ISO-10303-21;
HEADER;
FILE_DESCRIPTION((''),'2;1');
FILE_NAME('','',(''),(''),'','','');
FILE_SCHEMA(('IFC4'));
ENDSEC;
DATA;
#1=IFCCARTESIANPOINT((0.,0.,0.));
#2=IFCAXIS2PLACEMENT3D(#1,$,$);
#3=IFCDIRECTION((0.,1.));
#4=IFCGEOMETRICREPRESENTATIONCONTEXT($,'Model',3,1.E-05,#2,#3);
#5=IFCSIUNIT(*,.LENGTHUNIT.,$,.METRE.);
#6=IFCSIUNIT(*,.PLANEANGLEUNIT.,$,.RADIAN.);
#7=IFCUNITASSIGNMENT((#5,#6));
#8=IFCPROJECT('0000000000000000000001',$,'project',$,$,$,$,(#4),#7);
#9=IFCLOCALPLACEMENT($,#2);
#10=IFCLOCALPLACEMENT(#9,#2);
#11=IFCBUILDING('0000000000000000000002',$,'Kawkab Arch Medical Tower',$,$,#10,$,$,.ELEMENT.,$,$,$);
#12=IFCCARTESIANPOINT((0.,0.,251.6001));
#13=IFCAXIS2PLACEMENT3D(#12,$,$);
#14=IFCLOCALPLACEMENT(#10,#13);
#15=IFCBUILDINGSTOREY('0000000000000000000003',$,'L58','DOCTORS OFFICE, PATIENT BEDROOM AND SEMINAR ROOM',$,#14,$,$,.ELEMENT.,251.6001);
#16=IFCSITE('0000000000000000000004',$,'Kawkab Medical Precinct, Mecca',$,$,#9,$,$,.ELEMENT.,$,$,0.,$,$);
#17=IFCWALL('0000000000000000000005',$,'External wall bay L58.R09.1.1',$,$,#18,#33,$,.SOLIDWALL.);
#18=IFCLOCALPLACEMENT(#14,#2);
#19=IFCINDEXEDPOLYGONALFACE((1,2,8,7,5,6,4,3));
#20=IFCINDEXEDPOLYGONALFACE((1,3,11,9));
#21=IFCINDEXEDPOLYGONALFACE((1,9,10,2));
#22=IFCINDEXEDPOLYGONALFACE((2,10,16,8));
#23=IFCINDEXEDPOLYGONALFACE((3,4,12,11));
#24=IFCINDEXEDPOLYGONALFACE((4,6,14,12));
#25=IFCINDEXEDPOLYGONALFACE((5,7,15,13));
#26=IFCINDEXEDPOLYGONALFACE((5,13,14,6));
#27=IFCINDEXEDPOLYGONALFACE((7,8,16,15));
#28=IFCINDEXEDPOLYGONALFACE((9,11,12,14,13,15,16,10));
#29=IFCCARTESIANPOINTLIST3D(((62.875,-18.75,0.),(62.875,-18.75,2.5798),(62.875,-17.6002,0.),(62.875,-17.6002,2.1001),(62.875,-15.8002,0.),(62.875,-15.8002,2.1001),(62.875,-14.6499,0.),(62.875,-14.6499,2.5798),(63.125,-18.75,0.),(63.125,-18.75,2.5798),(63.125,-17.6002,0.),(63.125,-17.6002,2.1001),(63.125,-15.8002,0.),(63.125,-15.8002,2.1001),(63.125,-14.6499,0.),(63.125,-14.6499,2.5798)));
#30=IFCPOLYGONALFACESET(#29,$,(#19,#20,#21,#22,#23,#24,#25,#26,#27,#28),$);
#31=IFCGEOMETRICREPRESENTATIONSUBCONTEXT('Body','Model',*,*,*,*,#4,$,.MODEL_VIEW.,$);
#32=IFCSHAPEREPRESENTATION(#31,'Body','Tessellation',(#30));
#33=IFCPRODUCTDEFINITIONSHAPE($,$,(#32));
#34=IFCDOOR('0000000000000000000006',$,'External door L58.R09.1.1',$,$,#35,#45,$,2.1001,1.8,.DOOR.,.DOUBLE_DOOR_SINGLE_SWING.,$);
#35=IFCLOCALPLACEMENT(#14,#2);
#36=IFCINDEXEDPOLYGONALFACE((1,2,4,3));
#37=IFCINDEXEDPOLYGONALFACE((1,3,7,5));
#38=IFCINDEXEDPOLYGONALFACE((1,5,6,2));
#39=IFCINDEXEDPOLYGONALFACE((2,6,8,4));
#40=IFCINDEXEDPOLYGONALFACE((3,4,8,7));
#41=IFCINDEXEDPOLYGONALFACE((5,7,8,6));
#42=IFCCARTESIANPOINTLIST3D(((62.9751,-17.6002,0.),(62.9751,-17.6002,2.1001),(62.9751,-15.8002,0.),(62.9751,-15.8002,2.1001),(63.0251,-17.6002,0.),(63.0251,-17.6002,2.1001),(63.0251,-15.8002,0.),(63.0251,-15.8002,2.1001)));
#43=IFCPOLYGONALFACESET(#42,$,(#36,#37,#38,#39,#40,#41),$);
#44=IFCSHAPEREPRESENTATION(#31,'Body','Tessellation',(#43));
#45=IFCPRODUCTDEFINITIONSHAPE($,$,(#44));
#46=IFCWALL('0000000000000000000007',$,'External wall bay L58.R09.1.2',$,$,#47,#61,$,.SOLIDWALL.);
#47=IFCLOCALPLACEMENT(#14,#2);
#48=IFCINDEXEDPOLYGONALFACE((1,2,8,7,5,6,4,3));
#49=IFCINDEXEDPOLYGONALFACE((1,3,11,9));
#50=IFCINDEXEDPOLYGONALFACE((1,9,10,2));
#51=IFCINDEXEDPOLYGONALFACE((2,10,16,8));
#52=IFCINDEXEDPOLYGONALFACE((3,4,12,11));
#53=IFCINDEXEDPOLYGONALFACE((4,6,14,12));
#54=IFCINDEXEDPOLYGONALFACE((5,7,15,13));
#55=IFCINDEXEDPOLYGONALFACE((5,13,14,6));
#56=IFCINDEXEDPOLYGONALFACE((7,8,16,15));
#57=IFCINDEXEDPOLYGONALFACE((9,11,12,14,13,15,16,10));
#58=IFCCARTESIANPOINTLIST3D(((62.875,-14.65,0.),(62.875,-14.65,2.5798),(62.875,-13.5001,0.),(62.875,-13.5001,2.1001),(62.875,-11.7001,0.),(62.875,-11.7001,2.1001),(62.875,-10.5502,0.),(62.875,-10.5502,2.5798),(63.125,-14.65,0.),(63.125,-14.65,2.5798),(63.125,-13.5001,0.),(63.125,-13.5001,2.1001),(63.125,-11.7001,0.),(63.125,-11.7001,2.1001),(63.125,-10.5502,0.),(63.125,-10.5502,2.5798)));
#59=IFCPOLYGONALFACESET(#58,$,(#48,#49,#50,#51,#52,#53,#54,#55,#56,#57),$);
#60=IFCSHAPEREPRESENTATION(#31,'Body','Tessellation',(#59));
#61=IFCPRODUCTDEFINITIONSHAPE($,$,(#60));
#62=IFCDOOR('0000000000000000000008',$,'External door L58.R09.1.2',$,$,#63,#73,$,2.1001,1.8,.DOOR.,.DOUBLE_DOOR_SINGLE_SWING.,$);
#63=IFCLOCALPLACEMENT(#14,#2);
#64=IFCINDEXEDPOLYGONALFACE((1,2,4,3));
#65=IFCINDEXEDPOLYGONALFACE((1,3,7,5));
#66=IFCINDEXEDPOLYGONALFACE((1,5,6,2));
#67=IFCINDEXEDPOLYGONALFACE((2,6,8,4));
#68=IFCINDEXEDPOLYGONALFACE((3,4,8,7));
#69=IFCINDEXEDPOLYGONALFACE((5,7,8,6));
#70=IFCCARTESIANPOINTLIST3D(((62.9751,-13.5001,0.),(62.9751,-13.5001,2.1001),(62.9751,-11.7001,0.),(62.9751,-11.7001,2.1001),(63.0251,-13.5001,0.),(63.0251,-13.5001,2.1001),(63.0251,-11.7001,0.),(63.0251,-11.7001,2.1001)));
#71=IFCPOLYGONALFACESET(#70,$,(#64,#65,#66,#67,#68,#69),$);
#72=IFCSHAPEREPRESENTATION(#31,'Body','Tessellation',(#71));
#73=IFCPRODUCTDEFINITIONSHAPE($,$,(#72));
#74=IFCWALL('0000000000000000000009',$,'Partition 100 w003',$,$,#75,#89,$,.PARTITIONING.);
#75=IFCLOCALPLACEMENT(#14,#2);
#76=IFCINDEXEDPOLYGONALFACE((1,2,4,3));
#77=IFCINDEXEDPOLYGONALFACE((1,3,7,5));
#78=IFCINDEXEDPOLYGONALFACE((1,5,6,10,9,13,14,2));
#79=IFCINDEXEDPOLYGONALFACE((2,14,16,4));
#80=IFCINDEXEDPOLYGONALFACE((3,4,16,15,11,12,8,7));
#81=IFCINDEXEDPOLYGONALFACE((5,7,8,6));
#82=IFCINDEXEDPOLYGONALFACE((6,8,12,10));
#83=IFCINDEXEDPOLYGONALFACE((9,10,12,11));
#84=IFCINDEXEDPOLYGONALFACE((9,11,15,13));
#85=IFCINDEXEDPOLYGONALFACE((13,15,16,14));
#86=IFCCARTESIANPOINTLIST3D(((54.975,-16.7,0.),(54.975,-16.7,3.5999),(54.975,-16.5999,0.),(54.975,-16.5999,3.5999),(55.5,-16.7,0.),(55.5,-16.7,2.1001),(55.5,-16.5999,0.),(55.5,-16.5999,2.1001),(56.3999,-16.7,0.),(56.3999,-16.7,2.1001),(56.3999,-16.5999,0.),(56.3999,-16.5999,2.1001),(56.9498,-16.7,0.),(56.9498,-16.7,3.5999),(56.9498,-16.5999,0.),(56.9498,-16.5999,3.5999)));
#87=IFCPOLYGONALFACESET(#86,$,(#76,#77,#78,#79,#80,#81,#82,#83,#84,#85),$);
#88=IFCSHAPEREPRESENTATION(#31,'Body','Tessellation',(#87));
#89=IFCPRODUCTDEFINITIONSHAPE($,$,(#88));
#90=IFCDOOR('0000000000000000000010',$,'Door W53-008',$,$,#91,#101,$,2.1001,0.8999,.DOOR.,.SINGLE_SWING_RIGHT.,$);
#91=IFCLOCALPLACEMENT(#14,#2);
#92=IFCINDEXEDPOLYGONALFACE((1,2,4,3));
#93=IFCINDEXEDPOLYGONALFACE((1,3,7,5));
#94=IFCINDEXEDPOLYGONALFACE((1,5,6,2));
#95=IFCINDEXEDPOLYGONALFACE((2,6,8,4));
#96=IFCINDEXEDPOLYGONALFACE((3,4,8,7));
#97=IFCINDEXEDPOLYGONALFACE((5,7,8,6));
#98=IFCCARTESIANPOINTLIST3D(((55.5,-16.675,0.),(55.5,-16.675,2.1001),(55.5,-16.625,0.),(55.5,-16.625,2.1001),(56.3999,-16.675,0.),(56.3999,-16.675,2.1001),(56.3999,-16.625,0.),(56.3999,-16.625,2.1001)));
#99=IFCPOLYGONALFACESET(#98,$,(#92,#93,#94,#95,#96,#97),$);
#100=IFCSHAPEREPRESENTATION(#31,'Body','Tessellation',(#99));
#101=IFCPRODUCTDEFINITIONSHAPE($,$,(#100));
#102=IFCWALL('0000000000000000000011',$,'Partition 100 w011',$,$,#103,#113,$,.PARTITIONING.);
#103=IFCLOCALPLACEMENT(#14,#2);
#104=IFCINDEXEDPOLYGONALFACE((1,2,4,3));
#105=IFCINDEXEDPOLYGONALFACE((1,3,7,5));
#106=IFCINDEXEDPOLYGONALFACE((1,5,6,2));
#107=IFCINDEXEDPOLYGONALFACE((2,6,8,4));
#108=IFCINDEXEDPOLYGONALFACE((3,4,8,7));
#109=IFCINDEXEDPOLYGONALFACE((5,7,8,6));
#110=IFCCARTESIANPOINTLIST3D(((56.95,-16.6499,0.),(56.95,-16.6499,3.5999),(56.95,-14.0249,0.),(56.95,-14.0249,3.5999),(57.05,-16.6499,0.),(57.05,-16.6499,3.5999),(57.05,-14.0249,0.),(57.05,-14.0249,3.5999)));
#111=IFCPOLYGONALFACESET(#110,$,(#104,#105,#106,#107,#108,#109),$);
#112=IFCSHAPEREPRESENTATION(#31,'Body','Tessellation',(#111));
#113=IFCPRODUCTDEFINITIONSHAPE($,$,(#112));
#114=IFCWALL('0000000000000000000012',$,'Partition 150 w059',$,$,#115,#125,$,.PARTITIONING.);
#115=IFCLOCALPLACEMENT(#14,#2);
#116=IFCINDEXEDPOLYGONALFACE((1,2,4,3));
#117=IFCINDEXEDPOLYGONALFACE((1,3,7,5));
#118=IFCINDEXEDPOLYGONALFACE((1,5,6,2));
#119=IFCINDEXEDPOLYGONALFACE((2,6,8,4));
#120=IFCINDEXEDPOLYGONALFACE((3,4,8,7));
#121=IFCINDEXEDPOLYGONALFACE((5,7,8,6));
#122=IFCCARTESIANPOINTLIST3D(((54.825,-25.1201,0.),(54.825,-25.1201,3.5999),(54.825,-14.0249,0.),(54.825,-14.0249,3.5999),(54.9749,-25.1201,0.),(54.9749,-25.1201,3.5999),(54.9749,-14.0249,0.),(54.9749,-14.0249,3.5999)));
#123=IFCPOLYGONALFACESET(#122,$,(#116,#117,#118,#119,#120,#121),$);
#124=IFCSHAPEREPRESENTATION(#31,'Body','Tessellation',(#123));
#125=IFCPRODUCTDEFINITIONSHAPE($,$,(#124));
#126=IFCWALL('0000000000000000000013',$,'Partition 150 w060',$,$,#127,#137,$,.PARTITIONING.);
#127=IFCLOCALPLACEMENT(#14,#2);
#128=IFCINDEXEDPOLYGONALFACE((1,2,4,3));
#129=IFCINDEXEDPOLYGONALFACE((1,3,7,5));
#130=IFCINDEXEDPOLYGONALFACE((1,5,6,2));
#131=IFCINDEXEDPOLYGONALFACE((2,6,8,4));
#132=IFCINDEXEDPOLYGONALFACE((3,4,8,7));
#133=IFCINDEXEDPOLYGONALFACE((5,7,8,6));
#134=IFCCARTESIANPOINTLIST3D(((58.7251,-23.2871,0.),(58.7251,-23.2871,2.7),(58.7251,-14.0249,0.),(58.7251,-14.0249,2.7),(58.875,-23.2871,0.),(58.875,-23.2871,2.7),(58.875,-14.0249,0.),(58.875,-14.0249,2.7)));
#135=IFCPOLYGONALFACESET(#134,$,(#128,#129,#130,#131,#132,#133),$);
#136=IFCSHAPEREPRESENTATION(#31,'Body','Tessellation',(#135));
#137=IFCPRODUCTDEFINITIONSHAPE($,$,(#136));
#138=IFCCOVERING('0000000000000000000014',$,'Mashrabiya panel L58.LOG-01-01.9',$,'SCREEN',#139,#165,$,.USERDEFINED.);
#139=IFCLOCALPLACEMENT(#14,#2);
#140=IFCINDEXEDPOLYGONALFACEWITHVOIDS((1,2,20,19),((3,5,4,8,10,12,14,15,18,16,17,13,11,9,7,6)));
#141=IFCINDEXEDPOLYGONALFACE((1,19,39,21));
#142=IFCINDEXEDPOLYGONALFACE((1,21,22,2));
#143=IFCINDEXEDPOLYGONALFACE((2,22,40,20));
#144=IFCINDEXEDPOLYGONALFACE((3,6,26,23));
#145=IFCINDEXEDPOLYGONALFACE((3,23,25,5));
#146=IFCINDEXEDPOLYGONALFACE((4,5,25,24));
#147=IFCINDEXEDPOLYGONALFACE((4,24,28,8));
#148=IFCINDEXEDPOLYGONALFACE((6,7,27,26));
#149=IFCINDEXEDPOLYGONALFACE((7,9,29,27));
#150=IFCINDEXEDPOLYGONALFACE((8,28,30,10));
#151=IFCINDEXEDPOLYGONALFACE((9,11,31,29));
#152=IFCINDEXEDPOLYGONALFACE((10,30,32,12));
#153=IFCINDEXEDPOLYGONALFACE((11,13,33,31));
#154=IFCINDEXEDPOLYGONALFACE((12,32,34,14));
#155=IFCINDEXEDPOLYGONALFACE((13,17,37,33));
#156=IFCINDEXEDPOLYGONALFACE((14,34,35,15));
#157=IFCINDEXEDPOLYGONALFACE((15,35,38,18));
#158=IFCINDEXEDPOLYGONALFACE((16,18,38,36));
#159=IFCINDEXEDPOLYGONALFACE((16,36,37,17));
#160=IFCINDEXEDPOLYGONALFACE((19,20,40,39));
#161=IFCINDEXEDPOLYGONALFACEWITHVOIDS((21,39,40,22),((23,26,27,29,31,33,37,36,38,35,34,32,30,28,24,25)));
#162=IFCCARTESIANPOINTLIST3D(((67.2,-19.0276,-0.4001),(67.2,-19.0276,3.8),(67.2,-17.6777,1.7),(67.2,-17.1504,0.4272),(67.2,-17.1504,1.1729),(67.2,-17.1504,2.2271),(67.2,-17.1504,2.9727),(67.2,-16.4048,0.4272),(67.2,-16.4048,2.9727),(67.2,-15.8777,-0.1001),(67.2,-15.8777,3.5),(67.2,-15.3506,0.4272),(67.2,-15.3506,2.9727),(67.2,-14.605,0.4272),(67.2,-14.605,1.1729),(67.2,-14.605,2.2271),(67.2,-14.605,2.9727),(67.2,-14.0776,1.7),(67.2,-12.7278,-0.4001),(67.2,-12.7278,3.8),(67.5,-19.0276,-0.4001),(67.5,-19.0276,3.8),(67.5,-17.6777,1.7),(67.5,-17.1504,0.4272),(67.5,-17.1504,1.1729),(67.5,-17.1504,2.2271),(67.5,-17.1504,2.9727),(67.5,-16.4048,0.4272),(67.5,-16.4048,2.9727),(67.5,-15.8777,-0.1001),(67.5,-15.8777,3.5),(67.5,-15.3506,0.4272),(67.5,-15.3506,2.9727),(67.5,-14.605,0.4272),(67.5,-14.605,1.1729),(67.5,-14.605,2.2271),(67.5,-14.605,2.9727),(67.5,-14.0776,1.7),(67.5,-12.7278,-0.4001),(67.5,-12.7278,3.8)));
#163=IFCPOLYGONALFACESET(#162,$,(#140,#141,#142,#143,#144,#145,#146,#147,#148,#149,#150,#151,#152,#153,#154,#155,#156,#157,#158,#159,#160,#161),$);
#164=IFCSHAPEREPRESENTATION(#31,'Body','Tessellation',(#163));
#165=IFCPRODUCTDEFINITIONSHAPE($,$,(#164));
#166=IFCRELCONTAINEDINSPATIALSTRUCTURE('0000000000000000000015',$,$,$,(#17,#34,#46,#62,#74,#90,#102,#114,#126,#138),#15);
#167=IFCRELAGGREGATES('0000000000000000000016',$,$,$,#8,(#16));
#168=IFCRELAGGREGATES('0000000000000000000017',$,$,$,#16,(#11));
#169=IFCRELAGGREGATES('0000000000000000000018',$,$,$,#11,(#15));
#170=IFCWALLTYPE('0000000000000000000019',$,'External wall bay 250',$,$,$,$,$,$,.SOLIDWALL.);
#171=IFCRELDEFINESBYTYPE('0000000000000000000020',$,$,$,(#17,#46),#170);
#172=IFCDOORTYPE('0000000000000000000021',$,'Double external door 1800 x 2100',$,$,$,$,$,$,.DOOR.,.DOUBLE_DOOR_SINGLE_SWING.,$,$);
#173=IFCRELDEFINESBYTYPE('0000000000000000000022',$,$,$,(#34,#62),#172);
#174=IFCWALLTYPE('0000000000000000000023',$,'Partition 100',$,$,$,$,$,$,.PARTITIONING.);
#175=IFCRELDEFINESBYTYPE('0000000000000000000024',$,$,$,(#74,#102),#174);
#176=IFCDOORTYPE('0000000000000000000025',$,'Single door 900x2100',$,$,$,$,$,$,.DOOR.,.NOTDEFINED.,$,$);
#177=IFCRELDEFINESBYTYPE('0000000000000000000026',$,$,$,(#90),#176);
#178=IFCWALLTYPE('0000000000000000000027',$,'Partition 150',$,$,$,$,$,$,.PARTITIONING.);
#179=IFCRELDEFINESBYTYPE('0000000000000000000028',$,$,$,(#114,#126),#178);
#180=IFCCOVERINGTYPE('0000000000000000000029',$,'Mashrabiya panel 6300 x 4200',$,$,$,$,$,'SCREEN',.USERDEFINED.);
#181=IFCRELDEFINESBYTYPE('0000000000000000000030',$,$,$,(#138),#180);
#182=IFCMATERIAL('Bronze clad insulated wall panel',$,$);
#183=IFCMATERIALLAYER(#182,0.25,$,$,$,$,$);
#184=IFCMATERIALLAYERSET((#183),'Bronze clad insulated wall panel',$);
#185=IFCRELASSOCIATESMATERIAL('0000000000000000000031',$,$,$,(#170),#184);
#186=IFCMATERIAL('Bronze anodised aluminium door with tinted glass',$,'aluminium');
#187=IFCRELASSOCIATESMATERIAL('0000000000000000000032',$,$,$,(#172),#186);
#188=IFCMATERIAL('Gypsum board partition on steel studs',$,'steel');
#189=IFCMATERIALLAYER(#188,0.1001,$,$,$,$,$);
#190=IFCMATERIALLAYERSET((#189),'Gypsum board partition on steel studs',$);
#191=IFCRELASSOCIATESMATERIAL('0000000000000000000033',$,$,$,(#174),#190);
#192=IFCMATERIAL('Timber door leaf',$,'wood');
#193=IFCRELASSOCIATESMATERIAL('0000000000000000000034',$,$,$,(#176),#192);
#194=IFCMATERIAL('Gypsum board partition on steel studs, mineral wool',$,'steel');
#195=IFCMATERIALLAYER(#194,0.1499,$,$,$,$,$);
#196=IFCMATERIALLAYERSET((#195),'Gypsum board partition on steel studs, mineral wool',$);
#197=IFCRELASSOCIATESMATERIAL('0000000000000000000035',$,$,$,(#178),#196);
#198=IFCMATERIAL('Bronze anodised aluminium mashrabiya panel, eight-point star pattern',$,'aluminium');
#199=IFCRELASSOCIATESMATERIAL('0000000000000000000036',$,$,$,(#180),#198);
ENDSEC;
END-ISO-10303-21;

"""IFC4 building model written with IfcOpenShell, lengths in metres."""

from ifc_helpers import new_model, si_unit, direction, frame, frame_2d, origin, place, context, subcontext, project, spatial, polyline, rectangle, outline, extrude, material, layer, layer_set, material_profile, profile_set, type_object, element, fill, save


model = new_model("IFC4")

# Units and contexts
model_context = context("Model", 3, precision=1e-05, world=origin(), true_north=direction((0.0, 1.0)))
body_context = subcontext(model_context, "Body", "Model", "MODEL_VIEW")
ifc_project = project(units=[si_unit("LENGTHUNIT", "METRE"), si_unit("PLANEANGLEUNIT", "RADIAN")], contexts=[model_context])

# Site, building, storey
site_placement = place(None, origin())
site = spatial("IfcSite", under=ifc_project, at=site_placement, Name="Kawkab Medical Precinct, Mecca", CompositionType="ELEMENT", RefElevation=0.0)
building_placement = place(site_placement, origin())
building = spatial("IfcBuilding", under=site, at=building_placement, Name="Kawkab Arch Medical Tower", CompositionType="ELEMENT")
storey_placement = place(building_placement, frame((0.0, 0.0, 251.6001)))
storey = spatial("IfcBuildingStorey", under=building, at=storey_placement, Name="L58", Description="DOCTORS OFFICE, PATIENT BEDROOM AND SEMINAR ROOM", CompositionType="ELEMENT", Elevation=251.6001)

# Walls, openings, doors
ifc_material_1 = material(Name="Bronze clad insulated wall panel")
ifc_layer_1 = layer(ifc_material_1, 0.25)
ifc_layer_set_1 = layer_set([ifc_layer_1], Name="Bronze clad insulated wall panel")
wall_type_1 = type_object("IfcWallType", Name="External wall bay 250", PredefinedType="SOLIDWALL", material=ifc_layer_set_1)
wall_1_placement = place(storey_placement, frame((63.0, -18.75, 0.0), z_axis=(0.0, 0.0, 1.0), x_axis=(0.0, 1.0, 0.0)))
wall_1 = element("IfcWall", 1, at=wall_1_placement, inside=storey, type_object=wall_type_1, Name="External wall bay L58.R09.1.1", PredefinedType="SOLIDWALL", context=body_context, shape_type="SweptSolid", body=[
    extrude(rectangle(XDim=4.1001, YDim=0.25, at=frame_2d((2.05, 0.0))), origin(), (0.0, 0.0, 1.0), 2.5798),
])
opening_1_placement = place(wall_1_placement, frame((1.1499, 0.0, 0.0)))
opening_1 = element("IfcOpeningElement", 2, at=opening_1_placement, cuts=wall_1, PredefinedType="OPENING", context=body_context, shape_type="SweptSolid", body=[
    extrude(rectangle(XDim=1.8, YDim=2.1001, at=frame_2d((0.8999, 1.05))), frame((0.0, 0.135, 0.0), z_axis=(0.0, -1.0, 0.0), x_axis=(1.0, 0.0, 0.0)), (0.0, 0.0, 1.0), 0.27),
])
ifc_material_2 = material(Name="Bronze anodised aluminium door with tinted glass", Category="aluminium")
door_type_1 = type_object("IfcDoorType", Name="Double external door 1800 x 2100", OperationType="DOUBLE_DOOR_SINGLE_SWING", PredefinedType="DOOR", material=ifc_material_2)
door_1_placement = place(opening_1_placement, origin())
door_1 = element("IfcDoor", 3, at=door_1_placement, inside=storey, type_object=door_type_1, Name="External door L58.R09.1.1", OperationType="DOUBLE_DOOR_SINGLE_SWING", OverallHeight=2.1001, OverallWidth=1.8, PredefinedType="DOOR", context=body_context, shape_type="SweptSolid", body=[
    extrude(rectangle(XDim=1.8, YDim=2.1001, at=frame_2d((0.8999, 1.05))), frame((0.0, 0.0249, 0.0), z_axis=(0.0, -1.0, 0.0), x_axis=(1.0, 0.0, 0.0)), (0.0, 0.0, 1.0), 0.05),
])
fill(opening_1, door_1)
wall_2_placement = place(storey_placement, frame((63.0, -14.6499, 0.0), z_axis=(0.0, 0.0, 1.0), x_axis=(0.0, 1.0, 0.0)))
wall_2 = element("IfcWall", 4, at=wall_2_placement, inside=storey, type_object=wall_type_1, Name="External wall bay L58.R09.1.2", PredefinedType="SOLIDWALL", context=body_context, shape_type="SweptSolid", body=[
    extrude(rectangle(XDim=4.0999, YDim=0.25, at=frame_2d((2.0498, 0.0))), origin(), (0.0, 0.0, 1.0), 2.5798),
])
opening_2_placement = place(wall_2_placement, frame((1.1499, 0.0, 0.0)))
opening_2 = element("IfcOpeningElement", 5, at=opening_2_placement, cuts=wall_2, PredefinedType="OPENING", context=body_context, shape_type="SweptSolid", body=[
    extrude(rectangle(XDim=1.8, YDim=2.1001, at=frame_2d((0.8999, 1.05))), frame((0.0, 0.135, 0.0), z_axis=(0.0, -1.0, 0.0), x_axis=(1.0, 0.0, 0.0)), (0.0, 0.0, 1.0), 0.27),
])
door_2_placement = place(opening_2_placement, origin())
door_2 = element("IfcDoor", 6, at=door_2_placement, inside=storey, type_object=door_type_1, Name="External door L58.R09.1.2", OperationType="DOUBLE_DOOR_SINGLE_SWING", OverallHeight=2.1001, OverallWidth=1.8, PredefinedType="DOOR", context=body_context, shape_type="SweptSolid", body=[
    extrude(rectangle(XDim=1.8, YDim=2.1001, at=frame_2d((0.8999, 1.05))), frame((0.0, 0.0249, 0.0), z_axis=(0.0, -1.0, 0.0), x_axis=(1.0, 0.0, 0.0)), (0.0, 0.0, 1.0), 0.05),
])
fill(opening_2, door_2)
ifc_material_3 = material(Name="Gypsum board partition on steel studs", Category="steel")
ifc_layer_2 = layer(ifc_material_3, 0.1001)
ifc_layer_set_2 = layer_set([ifc_layer_2], Name="Gypsum board partition on steel studs")
wall_type_2 = type_object("IfcWallType", Name="Partition 100", PredefinedType="PARTITIONING", material=ifc_layer_set_2)
wall_3_placement = place(storey_placement, frame((54.9751, -16.6499, 0.0), z_axis=(0.0, 0.0, 1.0), x_axis=(1.0, 0.0, 0.0)))
wall_3 = element("IfcWall", 7, at=wall_3_placement, inside=storey, type_object=wall_type_2, Name="Partition 100 w003", PredefinedType="PARTITIONING", context=body_context, shape_type="SweptSolid", body=[
    extrude(rectangle(XDim=1.9749, YDim=0.1001, at=frame_2d((0.9873, 0.0))), origin(), (0.0, 0.0, 1.0), 3.5999),
])
opening_3_placement = place(wall_3_placement, frame((0.5249, 0.0, 0.0)))
opening_3 = element("IfcOpeningElement", 8, at=opening_3_placement, cuts=wall_3, PredefinedType="OPENING", context=body_context, shape_type="SweptSolid", body=[
    extrude(rectangle(XDim=0.8999, YDim=2.1001, at=frame_2d((0.45, 1.05))), frame((0.0, 0.0601, 0.0), z_axis=(0.0, -1.0, 0.0), x_axis=(1.0, 0.0, 0.0)), (0.0, 0.0, 1.0), 0.1201),
])
ifc_material_4 = material(Name="Timber door leaf", Category="wood")
door_type_2 = type_object("IfcDoorType", Name="Single door 900x2100", OperationType="NOTDEFINED", PredefinedType="DOOR", material=ifc_material_4)
door_3_placement = place(opening_3_placement, origin())
door_3 = element("IfcDoor", 9, at=door_3_placement, inside=storey, type_object=door_type_2, Name="Door W53-008", OperationType="SINGLE_SWING_RIGHT", OverallHeight=2.1001, OverallWidth=0.8999, PredefinedType="DOOR", context=body_context, shape_type="SweptSolid", body=[
    extrude(rectangle(XDim=0.8999, YDim=2.1001, at=frame_2d((0.45, 1.05))), frame((0.0, 0.0249, 0.0), z_axis=(0.0, -1.0, 0.0), x_axis=(1.0, 0.0, 0.0)), (0.0, 0.0, 1.0), 0.05),
])
fill(opening_3, door_3)

# Walls
wall_4_placement = place(storey_placement, frame((57.0, -16.6499, 0.0), z_axis=(0.0, 0.0, 1.0), x_axis=(0.0, 1.0, 0.0)))
element("IfcWall", 10, at=wall_4_placement, inside=storey, type_object=wall_type_2, Name="Partition 100 w011", PredefinedType="PARTITIONING", context=body_context, shape_type="SweptSolid", body=[
    extrude(rectangle(XDim=2.625, YDim=0.1001, at=frame_2d((1.3125, 0.0))), origin(), (0.0, 0.0, 1.0), 3.5999),
])
ifc_material_5 = material(Name="Gypsum board partition on steel studs, mineral wool", Category="steel")
ifc_layer_3 = layer(ifc_material_5, 0.1499)
ifc_layer_set_3 = layer_set([ifc_layer_3], Name="Gypsum board partition on steel studs, mineral wool")
wall_type_3 = type_object("IfcWallType", Name="Partition 150", PredefinedType="PARTITIONING", material=ifc_layer_set_3)
wall_5_placement = place(storey_placement, frame((54.8999, -25.1201, 0.0), z_axis=(0.0, 0.0, 1.0), x_axis=(0.0, 1.0, 0.0)))
element("IfcWall", 11, at=wall_5_placement, inside=storey, type_object=wall_type_3, Name="Partition 150 w059", PredefinedType="PARTITIONING", context=body_context, shape_type="SweptSolid", body=[
    extrude(rectangle(XDim=11.0952, YDim=0.1499, at=frame_2d((5.5476, 0.0))), origin(), (0.0, 0.0, 1.0), 3.5999),
])
wall_6_placement = place(storey_placement, frame((58.8, -23.2871, 0.0), z_axis=(0.0, 0.0, 1.0), x_axis=(0.0, 1.0, 0.0)))
element("IfcWall", 12, at=wall_6_placement, inside=storey, type_object=wall_type_3, Name="Partition 150 w060", PredefinedType="PARTITIONING", context=body_context, shape_type="SweptSolid", body=[
    extrude(rectangle(XDim=9.2622, YDim=0.1499, at=frame_2d((4.6311, 0.0))), origin(), (0.0, 0.0, 1.0), 2.7),
])

# Covering
ifc_material_6 = material(Name="Bronze anodised aluminium mashrabiya panel, eight-point star pattern", Category="aluminium")
ifc_material_profile_1 = material_profile(ifc_material_6, outline(polyline([(-3.1499, -2.1001), (3.1499, -2.1001), (3.1499, 2.1001), (-3.1499, 2.1001), (-3.1499, -2.1001)]), holes=[polyline([(1.8, 0.0), (1.2727, 0.5271), (1.2727, 1.2727), (0.5271, 1.2727), (0.0, 1.8), (-0.5271, 1.2727), (-1.2727, 1.2727), (-1.2727, 0.5271), (-1.8, 0.0), (-1.2727, -0.5271), (-1.2727, -1.2727), (-0.5271, -1.2727), (0.0, -1.8), (0.5271, -1.2727), (1.2727, -1.2727), (1.2727, -0.5271), (1.8, 0.0)])]), Name="Mashrabiya panel 6300x4200")
ifc_profile_set_1 = profile_set([ifc_material_profile_1], Name="Bronze anodised aluminium mashrabiya panel, eight-point star pattern")
covering_type_1 = type_object("IfcCoveringType", Name="Mashrabiya panel 6300 x 4200", ElementType="SCREEN", PredefinedType="USERDEFINED", material=ifc_profile_set_1)
covering_1_placement = place(storey_placement, frame((67.2, -15.8777, 1.7), z_axis=(1.0, 0.0, 0.0), x_axis=(0.0, 1.0, 0.0)))
element("IfcCovering", 13, at=covering_1_placement, inside=storey, type_object=covering_type_1, Name="Mashrabiya panel L58.LOG-01-01.9", ObjectType="SCREEN", PredefinedType="USERDEFINED", context=body_context, shape_type="SweptSolid", body=[
    extrude(outline(polyline([(-3.1499, -2.1001), (3.1499, -2.1001), (3.1499, 2.1001), (-3.1499, 2.1001), (-3.1499, -2.1001)]), holes=[polyline([(1.8, 0.0), (1.2727, 0.5271), (1.2727, 1.2727), (0.5271, 1.2727), (0.0, 1.8), (-0.5271, 1.2727), (-1.2727, 1.2727), (-1.2727, 0.5271), (-1.8, 0.0), (-1.2727, -0.5271), (-1.2727, -1.2727), (-0.5271, -1.2727), (0.0, -1.8), (0.5271, -1.2727), (1.2727, -1.2727), (1.2727, -0.5271), (1.8, 0.0)])]), origin(), (0.0, 0.0, 1.0), 0.3),
])

save(model, "model.ifc")
